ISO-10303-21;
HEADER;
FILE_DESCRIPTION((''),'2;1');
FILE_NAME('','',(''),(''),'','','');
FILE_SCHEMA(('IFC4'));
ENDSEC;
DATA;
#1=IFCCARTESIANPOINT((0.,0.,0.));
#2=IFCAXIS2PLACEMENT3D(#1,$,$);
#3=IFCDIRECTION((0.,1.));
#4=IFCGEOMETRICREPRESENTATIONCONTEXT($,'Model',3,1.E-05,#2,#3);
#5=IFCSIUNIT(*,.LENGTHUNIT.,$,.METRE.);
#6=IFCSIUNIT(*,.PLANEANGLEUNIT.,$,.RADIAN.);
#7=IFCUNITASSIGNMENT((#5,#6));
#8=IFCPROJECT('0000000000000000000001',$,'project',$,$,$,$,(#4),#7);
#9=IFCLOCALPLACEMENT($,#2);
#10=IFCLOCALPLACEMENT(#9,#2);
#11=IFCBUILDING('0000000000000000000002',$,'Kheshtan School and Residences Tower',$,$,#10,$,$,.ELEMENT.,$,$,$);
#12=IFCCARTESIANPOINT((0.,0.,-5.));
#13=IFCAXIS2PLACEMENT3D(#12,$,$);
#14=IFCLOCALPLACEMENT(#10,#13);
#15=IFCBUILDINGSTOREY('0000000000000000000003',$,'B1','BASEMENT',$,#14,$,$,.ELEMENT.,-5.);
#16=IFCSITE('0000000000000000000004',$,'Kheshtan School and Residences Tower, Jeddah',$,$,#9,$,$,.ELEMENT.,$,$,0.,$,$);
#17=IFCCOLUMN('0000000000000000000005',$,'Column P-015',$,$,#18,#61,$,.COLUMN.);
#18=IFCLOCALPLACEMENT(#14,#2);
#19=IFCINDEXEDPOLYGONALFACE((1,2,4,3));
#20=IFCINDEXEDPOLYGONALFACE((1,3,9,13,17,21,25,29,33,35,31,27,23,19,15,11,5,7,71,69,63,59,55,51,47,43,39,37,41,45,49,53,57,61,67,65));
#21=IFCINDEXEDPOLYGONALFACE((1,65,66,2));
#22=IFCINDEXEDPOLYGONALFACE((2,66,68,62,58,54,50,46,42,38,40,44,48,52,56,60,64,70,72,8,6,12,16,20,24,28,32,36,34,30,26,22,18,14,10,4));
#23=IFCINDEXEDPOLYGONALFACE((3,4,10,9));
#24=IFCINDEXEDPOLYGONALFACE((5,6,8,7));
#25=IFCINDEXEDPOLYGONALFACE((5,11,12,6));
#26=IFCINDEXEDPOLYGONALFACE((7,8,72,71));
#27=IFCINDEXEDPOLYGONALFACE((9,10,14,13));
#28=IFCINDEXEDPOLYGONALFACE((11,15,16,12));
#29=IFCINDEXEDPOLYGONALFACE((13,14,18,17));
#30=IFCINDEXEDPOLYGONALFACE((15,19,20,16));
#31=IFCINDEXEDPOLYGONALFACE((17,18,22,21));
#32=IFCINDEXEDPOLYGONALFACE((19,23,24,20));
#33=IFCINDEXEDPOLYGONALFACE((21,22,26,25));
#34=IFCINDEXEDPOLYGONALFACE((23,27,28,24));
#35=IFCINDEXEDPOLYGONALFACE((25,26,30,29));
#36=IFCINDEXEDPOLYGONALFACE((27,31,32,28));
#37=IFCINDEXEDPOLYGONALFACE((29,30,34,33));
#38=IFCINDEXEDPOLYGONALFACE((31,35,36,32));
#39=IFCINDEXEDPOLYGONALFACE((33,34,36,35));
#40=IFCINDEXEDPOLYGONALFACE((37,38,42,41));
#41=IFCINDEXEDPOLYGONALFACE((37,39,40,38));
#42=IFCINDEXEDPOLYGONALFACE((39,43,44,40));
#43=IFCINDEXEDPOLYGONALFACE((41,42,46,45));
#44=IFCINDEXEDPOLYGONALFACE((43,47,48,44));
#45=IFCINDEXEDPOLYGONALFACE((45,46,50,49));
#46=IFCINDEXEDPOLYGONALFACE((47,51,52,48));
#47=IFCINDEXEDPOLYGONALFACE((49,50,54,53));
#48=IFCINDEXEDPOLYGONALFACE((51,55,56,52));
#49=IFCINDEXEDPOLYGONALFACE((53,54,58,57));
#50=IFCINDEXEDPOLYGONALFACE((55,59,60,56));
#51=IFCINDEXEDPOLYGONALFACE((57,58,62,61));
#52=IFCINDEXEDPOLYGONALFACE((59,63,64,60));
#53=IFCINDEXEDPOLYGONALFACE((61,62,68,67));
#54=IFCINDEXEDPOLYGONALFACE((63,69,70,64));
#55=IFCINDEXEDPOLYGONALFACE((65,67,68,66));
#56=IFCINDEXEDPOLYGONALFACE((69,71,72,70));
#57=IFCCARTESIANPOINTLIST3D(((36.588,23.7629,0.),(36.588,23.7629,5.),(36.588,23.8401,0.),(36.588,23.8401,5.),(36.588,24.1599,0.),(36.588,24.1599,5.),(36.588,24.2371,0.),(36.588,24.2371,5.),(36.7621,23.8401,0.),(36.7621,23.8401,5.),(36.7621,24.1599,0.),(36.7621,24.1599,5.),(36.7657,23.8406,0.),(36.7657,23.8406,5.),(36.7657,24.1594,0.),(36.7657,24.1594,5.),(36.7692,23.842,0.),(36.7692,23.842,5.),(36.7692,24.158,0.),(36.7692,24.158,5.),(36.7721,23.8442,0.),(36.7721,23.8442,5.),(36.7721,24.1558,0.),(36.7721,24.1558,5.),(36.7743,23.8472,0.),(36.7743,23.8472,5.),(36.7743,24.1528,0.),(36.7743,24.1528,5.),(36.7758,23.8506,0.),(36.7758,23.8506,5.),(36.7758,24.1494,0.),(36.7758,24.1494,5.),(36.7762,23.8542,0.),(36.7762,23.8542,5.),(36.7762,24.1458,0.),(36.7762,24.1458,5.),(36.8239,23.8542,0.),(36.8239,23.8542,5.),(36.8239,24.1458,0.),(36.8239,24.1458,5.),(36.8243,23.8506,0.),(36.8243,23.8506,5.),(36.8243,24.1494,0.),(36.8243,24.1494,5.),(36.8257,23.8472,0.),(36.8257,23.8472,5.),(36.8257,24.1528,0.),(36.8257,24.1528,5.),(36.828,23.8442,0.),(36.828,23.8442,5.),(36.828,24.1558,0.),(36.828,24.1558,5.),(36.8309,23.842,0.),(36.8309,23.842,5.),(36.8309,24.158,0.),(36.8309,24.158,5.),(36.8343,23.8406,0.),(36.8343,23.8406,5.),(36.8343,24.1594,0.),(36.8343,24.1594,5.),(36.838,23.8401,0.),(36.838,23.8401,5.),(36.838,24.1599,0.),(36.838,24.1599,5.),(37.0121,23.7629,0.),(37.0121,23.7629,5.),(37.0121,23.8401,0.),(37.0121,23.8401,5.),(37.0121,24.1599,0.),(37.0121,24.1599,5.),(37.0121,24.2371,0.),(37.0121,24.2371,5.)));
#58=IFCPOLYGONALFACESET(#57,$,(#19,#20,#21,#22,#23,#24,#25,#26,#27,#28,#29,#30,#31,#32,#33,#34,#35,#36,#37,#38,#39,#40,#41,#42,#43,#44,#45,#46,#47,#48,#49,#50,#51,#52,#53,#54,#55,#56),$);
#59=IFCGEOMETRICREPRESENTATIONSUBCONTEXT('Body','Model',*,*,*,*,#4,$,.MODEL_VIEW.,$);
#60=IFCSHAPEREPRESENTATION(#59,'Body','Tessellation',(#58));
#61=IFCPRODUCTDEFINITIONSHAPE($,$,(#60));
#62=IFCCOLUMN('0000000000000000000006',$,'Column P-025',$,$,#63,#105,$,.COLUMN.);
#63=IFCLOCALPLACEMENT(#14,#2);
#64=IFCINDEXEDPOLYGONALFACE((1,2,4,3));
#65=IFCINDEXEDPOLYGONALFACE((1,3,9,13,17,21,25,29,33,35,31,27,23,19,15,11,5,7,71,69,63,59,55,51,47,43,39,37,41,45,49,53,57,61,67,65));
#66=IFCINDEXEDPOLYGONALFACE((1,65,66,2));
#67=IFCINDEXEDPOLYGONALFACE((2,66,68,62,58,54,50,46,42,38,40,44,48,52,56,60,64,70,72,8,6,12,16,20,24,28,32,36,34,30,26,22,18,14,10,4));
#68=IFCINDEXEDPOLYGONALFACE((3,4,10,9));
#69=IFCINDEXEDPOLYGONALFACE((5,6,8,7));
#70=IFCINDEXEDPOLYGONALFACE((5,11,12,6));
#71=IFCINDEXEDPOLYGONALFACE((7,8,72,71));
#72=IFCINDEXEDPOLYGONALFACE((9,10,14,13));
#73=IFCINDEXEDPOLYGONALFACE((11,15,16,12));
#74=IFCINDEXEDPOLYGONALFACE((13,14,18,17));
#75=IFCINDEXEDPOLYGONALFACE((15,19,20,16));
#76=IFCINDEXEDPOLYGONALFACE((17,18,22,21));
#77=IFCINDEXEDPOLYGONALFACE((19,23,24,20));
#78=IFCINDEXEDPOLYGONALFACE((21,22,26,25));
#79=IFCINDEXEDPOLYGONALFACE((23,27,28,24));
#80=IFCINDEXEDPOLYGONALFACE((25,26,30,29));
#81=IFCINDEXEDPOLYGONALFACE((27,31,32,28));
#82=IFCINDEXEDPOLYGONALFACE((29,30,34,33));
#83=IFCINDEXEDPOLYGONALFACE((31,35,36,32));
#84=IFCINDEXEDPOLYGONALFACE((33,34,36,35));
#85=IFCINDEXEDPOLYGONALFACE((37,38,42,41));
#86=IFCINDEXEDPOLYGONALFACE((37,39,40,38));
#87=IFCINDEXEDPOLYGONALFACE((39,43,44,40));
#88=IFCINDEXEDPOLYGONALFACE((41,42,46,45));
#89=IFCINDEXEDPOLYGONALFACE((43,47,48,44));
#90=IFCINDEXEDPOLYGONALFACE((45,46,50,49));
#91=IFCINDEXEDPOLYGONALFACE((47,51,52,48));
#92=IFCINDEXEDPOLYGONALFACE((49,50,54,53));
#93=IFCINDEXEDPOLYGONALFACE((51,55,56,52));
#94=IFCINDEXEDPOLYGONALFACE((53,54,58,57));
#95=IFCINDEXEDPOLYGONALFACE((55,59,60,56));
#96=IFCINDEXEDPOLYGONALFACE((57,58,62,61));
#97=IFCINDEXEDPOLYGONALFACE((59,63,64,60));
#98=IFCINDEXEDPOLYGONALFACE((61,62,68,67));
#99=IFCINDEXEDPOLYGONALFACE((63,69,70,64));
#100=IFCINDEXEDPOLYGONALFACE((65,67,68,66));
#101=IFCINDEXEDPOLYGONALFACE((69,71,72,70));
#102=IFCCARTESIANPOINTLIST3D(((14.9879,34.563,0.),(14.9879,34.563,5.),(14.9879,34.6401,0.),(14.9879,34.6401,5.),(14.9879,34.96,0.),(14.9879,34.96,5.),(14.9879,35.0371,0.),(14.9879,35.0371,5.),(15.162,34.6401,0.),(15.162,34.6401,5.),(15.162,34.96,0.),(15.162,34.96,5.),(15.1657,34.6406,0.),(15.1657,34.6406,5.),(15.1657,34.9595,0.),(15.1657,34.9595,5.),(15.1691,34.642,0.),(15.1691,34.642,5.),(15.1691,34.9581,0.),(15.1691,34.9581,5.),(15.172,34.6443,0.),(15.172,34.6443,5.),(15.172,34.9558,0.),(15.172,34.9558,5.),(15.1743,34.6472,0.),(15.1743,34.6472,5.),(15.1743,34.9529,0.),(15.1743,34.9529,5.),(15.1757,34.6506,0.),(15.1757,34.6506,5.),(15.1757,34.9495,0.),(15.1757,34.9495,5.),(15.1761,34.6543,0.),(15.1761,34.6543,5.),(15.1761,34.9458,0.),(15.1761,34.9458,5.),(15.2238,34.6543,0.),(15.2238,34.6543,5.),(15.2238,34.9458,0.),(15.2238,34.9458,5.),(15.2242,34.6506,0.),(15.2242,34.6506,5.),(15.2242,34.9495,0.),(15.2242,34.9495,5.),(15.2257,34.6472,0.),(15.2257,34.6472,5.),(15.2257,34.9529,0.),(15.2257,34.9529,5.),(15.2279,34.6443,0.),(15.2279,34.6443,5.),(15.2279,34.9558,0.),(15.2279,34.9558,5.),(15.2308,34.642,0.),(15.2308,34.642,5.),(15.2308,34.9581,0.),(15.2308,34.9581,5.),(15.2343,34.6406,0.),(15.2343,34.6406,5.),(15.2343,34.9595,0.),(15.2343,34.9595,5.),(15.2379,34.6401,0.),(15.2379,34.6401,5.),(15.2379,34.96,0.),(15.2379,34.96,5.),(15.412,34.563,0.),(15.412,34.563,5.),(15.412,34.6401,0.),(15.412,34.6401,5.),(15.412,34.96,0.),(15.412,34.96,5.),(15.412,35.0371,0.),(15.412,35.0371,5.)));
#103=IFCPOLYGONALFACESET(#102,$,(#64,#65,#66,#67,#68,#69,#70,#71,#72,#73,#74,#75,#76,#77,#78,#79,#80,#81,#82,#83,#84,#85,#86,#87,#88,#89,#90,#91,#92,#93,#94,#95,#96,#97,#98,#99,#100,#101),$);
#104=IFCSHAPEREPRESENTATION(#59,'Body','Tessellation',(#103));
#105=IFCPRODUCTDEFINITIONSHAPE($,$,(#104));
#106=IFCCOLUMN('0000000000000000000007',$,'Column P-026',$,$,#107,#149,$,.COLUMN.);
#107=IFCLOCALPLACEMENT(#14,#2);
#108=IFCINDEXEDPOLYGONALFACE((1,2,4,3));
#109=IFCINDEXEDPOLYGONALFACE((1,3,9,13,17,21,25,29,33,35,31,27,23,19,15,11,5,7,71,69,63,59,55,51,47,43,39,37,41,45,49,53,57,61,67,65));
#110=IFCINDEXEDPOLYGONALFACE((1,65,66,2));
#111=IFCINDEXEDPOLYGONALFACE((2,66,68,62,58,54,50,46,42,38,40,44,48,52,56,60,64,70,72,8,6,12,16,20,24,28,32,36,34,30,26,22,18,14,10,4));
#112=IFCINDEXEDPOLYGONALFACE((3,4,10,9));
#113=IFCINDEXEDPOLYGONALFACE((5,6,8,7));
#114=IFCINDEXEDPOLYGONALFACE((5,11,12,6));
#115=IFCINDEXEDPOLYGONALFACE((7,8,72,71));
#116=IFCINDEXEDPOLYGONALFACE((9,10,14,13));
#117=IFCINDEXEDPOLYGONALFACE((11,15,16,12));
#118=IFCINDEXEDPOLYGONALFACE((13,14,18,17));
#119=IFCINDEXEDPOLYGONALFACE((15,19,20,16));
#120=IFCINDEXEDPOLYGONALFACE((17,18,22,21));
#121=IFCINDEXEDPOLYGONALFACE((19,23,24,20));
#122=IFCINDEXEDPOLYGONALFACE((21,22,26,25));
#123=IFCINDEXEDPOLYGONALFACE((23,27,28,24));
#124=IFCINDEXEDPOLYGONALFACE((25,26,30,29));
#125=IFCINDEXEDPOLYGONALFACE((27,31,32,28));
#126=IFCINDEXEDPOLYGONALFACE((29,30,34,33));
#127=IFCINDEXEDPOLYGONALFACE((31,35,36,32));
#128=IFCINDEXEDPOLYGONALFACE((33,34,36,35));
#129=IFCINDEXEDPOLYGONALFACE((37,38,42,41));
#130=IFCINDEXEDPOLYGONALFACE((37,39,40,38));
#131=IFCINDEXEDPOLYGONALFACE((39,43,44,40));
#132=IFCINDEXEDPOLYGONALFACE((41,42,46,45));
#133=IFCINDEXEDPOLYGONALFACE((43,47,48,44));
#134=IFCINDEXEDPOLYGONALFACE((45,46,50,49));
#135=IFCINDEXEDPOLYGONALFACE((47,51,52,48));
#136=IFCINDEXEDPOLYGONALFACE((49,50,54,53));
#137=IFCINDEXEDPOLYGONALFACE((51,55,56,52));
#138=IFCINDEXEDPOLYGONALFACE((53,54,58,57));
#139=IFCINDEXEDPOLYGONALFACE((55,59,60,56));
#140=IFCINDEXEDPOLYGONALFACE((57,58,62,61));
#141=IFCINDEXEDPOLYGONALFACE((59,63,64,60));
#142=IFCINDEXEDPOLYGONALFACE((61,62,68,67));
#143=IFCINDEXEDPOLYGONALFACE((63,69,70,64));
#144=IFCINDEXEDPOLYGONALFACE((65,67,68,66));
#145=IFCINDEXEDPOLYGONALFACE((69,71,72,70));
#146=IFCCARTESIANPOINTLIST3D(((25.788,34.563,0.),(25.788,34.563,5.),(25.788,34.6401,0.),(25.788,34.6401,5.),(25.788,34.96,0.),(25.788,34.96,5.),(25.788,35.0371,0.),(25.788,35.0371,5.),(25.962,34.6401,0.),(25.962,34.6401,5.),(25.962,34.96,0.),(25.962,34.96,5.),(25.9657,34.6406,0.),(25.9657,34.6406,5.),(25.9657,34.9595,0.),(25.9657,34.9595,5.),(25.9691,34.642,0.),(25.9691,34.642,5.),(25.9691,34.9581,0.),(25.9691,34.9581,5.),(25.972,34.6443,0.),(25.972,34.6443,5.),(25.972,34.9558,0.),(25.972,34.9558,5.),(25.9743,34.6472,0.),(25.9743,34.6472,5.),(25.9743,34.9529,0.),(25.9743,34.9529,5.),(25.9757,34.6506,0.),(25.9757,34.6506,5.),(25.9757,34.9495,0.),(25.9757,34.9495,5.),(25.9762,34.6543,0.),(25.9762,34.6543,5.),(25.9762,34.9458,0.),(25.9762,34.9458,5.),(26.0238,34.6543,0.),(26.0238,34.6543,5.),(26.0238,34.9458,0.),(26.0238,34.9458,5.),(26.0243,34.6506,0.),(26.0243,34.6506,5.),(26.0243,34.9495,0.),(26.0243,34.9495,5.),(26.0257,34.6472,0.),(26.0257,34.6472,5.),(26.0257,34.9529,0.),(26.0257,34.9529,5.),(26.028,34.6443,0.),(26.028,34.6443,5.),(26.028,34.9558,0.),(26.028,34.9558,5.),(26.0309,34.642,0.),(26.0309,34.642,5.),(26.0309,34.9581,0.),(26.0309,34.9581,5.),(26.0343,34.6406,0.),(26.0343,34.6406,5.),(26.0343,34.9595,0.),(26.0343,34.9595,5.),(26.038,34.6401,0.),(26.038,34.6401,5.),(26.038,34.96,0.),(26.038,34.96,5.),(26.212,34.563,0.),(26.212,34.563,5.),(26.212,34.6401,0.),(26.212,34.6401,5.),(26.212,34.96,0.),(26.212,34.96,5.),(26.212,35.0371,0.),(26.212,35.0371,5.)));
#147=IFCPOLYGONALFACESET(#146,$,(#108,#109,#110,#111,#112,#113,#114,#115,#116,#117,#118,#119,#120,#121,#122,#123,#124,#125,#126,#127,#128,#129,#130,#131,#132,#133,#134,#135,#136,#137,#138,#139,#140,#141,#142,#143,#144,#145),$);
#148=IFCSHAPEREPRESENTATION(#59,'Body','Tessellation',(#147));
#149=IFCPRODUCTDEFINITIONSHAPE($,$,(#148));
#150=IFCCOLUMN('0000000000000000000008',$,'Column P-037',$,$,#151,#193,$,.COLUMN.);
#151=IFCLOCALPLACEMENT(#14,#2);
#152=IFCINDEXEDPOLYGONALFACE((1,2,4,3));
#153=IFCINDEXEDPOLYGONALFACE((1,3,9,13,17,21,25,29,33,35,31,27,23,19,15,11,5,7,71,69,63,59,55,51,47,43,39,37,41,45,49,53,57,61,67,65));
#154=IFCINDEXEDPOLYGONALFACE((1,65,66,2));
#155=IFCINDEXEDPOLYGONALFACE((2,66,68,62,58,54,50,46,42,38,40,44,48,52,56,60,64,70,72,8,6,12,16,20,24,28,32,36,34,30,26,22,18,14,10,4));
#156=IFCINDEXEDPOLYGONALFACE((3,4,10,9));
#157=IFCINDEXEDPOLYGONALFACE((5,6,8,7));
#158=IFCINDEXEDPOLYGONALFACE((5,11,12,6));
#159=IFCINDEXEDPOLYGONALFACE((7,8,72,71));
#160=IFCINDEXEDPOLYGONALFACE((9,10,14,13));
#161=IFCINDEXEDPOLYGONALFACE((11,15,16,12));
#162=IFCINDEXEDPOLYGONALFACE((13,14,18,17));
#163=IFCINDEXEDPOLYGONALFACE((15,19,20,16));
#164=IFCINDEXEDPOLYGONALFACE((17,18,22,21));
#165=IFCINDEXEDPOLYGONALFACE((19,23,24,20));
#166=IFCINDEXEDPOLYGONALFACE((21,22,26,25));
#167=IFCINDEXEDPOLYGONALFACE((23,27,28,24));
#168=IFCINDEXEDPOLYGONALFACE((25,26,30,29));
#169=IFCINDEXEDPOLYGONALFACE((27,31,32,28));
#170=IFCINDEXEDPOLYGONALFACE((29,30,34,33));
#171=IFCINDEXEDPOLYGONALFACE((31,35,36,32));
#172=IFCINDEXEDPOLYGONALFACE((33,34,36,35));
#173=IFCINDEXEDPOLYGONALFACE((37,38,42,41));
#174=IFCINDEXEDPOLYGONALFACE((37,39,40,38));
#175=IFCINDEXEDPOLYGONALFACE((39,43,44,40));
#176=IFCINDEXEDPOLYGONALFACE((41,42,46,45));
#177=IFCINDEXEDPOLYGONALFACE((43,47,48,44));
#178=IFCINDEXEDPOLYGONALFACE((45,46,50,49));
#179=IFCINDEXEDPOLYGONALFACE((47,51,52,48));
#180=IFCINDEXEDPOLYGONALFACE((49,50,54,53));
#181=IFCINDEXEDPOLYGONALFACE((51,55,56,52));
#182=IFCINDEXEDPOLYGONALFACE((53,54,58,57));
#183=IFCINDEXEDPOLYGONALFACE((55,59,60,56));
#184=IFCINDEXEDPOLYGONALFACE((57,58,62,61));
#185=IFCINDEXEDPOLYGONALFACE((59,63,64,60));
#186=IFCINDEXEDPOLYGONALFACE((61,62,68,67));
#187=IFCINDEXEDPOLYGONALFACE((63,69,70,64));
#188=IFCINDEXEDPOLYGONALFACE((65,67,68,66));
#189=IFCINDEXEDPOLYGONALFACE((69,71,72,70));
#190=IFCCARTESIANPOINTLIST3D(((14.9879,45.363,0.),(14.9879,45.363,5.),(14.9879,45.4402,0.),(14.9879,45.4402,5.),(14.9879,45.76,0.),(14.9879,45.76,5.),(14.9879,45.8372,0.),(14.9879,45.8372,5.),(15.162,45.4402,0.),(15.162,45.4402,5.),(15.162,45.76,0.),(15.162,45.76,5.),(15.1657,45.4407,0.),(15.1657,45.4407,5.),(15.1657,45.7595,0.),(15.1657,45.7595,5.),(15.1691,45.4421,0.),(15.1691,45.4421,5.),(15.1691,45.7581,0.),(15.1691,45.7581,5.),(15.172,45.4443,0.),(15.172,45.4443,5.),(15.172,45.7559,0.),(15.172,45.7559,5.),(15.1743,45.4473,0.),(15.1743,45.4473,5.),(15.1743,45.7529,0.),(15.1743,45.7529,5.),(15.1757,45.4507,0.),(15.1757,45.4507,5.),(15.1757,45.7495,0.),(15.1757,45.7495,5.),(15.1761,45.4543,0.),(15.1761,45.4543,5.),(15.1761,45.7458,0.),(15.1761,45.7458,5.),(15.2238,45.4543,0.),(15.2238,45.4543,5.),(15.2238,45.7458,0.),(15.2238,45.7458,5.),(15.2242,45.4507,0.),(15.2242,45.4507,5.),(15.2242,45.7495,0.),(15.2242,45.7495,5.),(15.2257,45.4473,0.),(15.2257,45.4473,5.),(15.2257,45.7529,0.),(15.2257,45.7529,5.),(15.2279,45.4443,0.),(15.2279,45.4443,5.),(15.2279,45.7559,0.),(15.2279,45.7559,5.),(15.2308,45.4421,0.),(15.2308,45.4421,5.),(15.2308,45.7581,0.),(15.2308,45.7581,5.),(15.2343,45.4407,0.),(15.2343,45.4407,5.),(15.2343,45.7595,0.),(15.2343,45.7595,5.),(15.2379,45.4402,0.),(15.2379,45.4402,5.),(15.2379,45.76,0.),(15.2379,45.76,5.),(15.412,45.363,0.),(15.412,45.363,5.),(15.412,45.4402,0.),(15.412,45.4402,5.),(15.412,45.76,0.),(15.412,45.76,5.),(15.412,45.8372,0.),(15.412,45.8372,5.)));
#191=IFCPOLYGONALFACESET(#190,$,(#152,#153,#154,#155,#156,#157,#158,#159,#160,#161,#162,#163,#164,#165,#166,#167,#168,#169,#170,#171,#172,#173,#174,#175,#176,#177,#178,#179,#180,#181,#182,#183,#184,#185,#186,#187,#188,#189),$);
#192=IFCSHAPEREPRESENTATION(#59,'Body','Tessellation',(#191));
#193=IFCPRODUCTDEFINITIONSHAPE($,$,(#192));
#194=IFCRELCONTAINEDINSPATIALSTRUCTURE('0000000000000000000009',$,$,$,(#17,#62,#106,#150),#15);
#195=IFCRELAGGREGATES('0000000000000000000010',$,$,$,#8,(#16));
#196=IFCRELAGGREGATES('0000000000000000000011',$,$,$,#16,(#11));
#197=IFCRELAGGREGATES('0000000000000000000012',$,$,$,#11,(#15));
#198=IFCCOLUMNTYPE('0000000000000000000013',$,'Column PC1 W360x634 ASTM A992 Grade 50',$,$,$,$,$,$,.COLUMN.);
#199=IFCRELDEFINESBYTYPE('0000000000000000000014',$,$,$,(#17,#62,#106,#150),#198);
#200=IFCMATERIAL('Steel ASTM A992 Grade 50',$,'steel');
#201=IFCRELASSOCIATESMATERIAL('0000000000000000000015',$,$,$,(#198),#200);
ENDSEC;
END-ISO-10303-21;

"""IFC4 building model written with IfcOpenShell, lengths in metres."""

from ifc_helpers import new_model, si_unit, direction, frame, origin, origin_2d, place, context, subcontext, project, spatial, i_section, extrude, material, material_profile, profile_set, type_object, element, save


model = new_model("IFC4")

# Units and contexts
model_context = context("Model", 3, precision=1e-05, world=origin(), true_north=direction((0.0, 1.0)))
body_context = subcontext(model_context, "Body", "Model", "MODEL_VIEW")
ifc_project = project(units=[si_unit("LENGTHUNIT", "METRE"), si_unit("PLANEANGLEUNIT", "RADIAN")], contexts=[model_context])

# Site, building, storey
site_placement = place(None, origin())
site = spatial("IfcSite", under=ifc_project, at=site_placement, Name="Kheshtan School and Residences Tower, Jeddah", CompositionType="ELEMENT", RefElevation=0.0)
building_placement = place(site_placement, origin())
building = spatial("IfcBuilding", under=site, at=building_placement, Name="Kheshtan School and Residences Tower", CompositionType="ELEMENT")
storey_placement = place(building_placement, frame((0.0, 0.0, -5.0)))
storey = spatial("IfcBuildingStorey", under=building, at=storey_placement, Name="B1", Description="BASEMENT", CompositionType="ELEMENT", Elevation=-5.0)

# Columns
ifc_material_1 = material(Name="Steel ASTM A992 Grade 50", Category="steel")
ifc_material_profile_1 = material_profile(ifc_material_1, i_section(OverallWidth=0.4241, OverallDepth=0.4741, WebThickness=0.0476, FlangeThickness=0.0771, FilletRadius=0.0142, at=origin_2d()), Name="W360x634")
ifc_profile_set_1 = profile_set([ifc_material_profile_1], Name="Steel ASTM A992 Grade 50")
column_type = type_object("IfcColumnType", Name="Column PC1 W360x634 ASTM A992 Grade 50", PredefinedType="COLUMN", material=ifc_profile_set_1)
for number, where, z_axis, x_axis, name in (
    (1, (36.8, 24.0, 0.0), (0.0, 0.0, 1.0), (1.0, 0.0, 0.0), "Column P-015"),
    (2, (15.2, 34.8, 0.0), (0.0, 0.0, 1.0), (1.0, 0.0, 0.0), "Column P-025"),
    (3, (26.0, 34.8, 0.0), (0.0, 0.0, 1.0), (1.0, 0.0, 0.0), "Column P-026"),
    (4, (15.2, 45.6001, 0.0), (0.0, 0.0, 1.0), (1.0, 0.0, 0.0), "Column P-037"),
):
    element("IfcColumn", number, at=place(storey_placement, frame(where, z_axis=z_axis, x_axis=x_axis)), inside=storey, type_object=column_type, Name=name, PredefinedType="COLUMN", context=body_context, shape_type="SweptSolid", body=[
        extrude(i_section(OverallWidth=0.4241, OverallDepth=0.4741, WebThickness=0.0476, FlangeThickness=0.0771, FilletRadius=0.0142, at=origin_2d()), origin(), (0.0, 0.0, 1.0), 5.0),
    ])

save(model, "model.ifc")
